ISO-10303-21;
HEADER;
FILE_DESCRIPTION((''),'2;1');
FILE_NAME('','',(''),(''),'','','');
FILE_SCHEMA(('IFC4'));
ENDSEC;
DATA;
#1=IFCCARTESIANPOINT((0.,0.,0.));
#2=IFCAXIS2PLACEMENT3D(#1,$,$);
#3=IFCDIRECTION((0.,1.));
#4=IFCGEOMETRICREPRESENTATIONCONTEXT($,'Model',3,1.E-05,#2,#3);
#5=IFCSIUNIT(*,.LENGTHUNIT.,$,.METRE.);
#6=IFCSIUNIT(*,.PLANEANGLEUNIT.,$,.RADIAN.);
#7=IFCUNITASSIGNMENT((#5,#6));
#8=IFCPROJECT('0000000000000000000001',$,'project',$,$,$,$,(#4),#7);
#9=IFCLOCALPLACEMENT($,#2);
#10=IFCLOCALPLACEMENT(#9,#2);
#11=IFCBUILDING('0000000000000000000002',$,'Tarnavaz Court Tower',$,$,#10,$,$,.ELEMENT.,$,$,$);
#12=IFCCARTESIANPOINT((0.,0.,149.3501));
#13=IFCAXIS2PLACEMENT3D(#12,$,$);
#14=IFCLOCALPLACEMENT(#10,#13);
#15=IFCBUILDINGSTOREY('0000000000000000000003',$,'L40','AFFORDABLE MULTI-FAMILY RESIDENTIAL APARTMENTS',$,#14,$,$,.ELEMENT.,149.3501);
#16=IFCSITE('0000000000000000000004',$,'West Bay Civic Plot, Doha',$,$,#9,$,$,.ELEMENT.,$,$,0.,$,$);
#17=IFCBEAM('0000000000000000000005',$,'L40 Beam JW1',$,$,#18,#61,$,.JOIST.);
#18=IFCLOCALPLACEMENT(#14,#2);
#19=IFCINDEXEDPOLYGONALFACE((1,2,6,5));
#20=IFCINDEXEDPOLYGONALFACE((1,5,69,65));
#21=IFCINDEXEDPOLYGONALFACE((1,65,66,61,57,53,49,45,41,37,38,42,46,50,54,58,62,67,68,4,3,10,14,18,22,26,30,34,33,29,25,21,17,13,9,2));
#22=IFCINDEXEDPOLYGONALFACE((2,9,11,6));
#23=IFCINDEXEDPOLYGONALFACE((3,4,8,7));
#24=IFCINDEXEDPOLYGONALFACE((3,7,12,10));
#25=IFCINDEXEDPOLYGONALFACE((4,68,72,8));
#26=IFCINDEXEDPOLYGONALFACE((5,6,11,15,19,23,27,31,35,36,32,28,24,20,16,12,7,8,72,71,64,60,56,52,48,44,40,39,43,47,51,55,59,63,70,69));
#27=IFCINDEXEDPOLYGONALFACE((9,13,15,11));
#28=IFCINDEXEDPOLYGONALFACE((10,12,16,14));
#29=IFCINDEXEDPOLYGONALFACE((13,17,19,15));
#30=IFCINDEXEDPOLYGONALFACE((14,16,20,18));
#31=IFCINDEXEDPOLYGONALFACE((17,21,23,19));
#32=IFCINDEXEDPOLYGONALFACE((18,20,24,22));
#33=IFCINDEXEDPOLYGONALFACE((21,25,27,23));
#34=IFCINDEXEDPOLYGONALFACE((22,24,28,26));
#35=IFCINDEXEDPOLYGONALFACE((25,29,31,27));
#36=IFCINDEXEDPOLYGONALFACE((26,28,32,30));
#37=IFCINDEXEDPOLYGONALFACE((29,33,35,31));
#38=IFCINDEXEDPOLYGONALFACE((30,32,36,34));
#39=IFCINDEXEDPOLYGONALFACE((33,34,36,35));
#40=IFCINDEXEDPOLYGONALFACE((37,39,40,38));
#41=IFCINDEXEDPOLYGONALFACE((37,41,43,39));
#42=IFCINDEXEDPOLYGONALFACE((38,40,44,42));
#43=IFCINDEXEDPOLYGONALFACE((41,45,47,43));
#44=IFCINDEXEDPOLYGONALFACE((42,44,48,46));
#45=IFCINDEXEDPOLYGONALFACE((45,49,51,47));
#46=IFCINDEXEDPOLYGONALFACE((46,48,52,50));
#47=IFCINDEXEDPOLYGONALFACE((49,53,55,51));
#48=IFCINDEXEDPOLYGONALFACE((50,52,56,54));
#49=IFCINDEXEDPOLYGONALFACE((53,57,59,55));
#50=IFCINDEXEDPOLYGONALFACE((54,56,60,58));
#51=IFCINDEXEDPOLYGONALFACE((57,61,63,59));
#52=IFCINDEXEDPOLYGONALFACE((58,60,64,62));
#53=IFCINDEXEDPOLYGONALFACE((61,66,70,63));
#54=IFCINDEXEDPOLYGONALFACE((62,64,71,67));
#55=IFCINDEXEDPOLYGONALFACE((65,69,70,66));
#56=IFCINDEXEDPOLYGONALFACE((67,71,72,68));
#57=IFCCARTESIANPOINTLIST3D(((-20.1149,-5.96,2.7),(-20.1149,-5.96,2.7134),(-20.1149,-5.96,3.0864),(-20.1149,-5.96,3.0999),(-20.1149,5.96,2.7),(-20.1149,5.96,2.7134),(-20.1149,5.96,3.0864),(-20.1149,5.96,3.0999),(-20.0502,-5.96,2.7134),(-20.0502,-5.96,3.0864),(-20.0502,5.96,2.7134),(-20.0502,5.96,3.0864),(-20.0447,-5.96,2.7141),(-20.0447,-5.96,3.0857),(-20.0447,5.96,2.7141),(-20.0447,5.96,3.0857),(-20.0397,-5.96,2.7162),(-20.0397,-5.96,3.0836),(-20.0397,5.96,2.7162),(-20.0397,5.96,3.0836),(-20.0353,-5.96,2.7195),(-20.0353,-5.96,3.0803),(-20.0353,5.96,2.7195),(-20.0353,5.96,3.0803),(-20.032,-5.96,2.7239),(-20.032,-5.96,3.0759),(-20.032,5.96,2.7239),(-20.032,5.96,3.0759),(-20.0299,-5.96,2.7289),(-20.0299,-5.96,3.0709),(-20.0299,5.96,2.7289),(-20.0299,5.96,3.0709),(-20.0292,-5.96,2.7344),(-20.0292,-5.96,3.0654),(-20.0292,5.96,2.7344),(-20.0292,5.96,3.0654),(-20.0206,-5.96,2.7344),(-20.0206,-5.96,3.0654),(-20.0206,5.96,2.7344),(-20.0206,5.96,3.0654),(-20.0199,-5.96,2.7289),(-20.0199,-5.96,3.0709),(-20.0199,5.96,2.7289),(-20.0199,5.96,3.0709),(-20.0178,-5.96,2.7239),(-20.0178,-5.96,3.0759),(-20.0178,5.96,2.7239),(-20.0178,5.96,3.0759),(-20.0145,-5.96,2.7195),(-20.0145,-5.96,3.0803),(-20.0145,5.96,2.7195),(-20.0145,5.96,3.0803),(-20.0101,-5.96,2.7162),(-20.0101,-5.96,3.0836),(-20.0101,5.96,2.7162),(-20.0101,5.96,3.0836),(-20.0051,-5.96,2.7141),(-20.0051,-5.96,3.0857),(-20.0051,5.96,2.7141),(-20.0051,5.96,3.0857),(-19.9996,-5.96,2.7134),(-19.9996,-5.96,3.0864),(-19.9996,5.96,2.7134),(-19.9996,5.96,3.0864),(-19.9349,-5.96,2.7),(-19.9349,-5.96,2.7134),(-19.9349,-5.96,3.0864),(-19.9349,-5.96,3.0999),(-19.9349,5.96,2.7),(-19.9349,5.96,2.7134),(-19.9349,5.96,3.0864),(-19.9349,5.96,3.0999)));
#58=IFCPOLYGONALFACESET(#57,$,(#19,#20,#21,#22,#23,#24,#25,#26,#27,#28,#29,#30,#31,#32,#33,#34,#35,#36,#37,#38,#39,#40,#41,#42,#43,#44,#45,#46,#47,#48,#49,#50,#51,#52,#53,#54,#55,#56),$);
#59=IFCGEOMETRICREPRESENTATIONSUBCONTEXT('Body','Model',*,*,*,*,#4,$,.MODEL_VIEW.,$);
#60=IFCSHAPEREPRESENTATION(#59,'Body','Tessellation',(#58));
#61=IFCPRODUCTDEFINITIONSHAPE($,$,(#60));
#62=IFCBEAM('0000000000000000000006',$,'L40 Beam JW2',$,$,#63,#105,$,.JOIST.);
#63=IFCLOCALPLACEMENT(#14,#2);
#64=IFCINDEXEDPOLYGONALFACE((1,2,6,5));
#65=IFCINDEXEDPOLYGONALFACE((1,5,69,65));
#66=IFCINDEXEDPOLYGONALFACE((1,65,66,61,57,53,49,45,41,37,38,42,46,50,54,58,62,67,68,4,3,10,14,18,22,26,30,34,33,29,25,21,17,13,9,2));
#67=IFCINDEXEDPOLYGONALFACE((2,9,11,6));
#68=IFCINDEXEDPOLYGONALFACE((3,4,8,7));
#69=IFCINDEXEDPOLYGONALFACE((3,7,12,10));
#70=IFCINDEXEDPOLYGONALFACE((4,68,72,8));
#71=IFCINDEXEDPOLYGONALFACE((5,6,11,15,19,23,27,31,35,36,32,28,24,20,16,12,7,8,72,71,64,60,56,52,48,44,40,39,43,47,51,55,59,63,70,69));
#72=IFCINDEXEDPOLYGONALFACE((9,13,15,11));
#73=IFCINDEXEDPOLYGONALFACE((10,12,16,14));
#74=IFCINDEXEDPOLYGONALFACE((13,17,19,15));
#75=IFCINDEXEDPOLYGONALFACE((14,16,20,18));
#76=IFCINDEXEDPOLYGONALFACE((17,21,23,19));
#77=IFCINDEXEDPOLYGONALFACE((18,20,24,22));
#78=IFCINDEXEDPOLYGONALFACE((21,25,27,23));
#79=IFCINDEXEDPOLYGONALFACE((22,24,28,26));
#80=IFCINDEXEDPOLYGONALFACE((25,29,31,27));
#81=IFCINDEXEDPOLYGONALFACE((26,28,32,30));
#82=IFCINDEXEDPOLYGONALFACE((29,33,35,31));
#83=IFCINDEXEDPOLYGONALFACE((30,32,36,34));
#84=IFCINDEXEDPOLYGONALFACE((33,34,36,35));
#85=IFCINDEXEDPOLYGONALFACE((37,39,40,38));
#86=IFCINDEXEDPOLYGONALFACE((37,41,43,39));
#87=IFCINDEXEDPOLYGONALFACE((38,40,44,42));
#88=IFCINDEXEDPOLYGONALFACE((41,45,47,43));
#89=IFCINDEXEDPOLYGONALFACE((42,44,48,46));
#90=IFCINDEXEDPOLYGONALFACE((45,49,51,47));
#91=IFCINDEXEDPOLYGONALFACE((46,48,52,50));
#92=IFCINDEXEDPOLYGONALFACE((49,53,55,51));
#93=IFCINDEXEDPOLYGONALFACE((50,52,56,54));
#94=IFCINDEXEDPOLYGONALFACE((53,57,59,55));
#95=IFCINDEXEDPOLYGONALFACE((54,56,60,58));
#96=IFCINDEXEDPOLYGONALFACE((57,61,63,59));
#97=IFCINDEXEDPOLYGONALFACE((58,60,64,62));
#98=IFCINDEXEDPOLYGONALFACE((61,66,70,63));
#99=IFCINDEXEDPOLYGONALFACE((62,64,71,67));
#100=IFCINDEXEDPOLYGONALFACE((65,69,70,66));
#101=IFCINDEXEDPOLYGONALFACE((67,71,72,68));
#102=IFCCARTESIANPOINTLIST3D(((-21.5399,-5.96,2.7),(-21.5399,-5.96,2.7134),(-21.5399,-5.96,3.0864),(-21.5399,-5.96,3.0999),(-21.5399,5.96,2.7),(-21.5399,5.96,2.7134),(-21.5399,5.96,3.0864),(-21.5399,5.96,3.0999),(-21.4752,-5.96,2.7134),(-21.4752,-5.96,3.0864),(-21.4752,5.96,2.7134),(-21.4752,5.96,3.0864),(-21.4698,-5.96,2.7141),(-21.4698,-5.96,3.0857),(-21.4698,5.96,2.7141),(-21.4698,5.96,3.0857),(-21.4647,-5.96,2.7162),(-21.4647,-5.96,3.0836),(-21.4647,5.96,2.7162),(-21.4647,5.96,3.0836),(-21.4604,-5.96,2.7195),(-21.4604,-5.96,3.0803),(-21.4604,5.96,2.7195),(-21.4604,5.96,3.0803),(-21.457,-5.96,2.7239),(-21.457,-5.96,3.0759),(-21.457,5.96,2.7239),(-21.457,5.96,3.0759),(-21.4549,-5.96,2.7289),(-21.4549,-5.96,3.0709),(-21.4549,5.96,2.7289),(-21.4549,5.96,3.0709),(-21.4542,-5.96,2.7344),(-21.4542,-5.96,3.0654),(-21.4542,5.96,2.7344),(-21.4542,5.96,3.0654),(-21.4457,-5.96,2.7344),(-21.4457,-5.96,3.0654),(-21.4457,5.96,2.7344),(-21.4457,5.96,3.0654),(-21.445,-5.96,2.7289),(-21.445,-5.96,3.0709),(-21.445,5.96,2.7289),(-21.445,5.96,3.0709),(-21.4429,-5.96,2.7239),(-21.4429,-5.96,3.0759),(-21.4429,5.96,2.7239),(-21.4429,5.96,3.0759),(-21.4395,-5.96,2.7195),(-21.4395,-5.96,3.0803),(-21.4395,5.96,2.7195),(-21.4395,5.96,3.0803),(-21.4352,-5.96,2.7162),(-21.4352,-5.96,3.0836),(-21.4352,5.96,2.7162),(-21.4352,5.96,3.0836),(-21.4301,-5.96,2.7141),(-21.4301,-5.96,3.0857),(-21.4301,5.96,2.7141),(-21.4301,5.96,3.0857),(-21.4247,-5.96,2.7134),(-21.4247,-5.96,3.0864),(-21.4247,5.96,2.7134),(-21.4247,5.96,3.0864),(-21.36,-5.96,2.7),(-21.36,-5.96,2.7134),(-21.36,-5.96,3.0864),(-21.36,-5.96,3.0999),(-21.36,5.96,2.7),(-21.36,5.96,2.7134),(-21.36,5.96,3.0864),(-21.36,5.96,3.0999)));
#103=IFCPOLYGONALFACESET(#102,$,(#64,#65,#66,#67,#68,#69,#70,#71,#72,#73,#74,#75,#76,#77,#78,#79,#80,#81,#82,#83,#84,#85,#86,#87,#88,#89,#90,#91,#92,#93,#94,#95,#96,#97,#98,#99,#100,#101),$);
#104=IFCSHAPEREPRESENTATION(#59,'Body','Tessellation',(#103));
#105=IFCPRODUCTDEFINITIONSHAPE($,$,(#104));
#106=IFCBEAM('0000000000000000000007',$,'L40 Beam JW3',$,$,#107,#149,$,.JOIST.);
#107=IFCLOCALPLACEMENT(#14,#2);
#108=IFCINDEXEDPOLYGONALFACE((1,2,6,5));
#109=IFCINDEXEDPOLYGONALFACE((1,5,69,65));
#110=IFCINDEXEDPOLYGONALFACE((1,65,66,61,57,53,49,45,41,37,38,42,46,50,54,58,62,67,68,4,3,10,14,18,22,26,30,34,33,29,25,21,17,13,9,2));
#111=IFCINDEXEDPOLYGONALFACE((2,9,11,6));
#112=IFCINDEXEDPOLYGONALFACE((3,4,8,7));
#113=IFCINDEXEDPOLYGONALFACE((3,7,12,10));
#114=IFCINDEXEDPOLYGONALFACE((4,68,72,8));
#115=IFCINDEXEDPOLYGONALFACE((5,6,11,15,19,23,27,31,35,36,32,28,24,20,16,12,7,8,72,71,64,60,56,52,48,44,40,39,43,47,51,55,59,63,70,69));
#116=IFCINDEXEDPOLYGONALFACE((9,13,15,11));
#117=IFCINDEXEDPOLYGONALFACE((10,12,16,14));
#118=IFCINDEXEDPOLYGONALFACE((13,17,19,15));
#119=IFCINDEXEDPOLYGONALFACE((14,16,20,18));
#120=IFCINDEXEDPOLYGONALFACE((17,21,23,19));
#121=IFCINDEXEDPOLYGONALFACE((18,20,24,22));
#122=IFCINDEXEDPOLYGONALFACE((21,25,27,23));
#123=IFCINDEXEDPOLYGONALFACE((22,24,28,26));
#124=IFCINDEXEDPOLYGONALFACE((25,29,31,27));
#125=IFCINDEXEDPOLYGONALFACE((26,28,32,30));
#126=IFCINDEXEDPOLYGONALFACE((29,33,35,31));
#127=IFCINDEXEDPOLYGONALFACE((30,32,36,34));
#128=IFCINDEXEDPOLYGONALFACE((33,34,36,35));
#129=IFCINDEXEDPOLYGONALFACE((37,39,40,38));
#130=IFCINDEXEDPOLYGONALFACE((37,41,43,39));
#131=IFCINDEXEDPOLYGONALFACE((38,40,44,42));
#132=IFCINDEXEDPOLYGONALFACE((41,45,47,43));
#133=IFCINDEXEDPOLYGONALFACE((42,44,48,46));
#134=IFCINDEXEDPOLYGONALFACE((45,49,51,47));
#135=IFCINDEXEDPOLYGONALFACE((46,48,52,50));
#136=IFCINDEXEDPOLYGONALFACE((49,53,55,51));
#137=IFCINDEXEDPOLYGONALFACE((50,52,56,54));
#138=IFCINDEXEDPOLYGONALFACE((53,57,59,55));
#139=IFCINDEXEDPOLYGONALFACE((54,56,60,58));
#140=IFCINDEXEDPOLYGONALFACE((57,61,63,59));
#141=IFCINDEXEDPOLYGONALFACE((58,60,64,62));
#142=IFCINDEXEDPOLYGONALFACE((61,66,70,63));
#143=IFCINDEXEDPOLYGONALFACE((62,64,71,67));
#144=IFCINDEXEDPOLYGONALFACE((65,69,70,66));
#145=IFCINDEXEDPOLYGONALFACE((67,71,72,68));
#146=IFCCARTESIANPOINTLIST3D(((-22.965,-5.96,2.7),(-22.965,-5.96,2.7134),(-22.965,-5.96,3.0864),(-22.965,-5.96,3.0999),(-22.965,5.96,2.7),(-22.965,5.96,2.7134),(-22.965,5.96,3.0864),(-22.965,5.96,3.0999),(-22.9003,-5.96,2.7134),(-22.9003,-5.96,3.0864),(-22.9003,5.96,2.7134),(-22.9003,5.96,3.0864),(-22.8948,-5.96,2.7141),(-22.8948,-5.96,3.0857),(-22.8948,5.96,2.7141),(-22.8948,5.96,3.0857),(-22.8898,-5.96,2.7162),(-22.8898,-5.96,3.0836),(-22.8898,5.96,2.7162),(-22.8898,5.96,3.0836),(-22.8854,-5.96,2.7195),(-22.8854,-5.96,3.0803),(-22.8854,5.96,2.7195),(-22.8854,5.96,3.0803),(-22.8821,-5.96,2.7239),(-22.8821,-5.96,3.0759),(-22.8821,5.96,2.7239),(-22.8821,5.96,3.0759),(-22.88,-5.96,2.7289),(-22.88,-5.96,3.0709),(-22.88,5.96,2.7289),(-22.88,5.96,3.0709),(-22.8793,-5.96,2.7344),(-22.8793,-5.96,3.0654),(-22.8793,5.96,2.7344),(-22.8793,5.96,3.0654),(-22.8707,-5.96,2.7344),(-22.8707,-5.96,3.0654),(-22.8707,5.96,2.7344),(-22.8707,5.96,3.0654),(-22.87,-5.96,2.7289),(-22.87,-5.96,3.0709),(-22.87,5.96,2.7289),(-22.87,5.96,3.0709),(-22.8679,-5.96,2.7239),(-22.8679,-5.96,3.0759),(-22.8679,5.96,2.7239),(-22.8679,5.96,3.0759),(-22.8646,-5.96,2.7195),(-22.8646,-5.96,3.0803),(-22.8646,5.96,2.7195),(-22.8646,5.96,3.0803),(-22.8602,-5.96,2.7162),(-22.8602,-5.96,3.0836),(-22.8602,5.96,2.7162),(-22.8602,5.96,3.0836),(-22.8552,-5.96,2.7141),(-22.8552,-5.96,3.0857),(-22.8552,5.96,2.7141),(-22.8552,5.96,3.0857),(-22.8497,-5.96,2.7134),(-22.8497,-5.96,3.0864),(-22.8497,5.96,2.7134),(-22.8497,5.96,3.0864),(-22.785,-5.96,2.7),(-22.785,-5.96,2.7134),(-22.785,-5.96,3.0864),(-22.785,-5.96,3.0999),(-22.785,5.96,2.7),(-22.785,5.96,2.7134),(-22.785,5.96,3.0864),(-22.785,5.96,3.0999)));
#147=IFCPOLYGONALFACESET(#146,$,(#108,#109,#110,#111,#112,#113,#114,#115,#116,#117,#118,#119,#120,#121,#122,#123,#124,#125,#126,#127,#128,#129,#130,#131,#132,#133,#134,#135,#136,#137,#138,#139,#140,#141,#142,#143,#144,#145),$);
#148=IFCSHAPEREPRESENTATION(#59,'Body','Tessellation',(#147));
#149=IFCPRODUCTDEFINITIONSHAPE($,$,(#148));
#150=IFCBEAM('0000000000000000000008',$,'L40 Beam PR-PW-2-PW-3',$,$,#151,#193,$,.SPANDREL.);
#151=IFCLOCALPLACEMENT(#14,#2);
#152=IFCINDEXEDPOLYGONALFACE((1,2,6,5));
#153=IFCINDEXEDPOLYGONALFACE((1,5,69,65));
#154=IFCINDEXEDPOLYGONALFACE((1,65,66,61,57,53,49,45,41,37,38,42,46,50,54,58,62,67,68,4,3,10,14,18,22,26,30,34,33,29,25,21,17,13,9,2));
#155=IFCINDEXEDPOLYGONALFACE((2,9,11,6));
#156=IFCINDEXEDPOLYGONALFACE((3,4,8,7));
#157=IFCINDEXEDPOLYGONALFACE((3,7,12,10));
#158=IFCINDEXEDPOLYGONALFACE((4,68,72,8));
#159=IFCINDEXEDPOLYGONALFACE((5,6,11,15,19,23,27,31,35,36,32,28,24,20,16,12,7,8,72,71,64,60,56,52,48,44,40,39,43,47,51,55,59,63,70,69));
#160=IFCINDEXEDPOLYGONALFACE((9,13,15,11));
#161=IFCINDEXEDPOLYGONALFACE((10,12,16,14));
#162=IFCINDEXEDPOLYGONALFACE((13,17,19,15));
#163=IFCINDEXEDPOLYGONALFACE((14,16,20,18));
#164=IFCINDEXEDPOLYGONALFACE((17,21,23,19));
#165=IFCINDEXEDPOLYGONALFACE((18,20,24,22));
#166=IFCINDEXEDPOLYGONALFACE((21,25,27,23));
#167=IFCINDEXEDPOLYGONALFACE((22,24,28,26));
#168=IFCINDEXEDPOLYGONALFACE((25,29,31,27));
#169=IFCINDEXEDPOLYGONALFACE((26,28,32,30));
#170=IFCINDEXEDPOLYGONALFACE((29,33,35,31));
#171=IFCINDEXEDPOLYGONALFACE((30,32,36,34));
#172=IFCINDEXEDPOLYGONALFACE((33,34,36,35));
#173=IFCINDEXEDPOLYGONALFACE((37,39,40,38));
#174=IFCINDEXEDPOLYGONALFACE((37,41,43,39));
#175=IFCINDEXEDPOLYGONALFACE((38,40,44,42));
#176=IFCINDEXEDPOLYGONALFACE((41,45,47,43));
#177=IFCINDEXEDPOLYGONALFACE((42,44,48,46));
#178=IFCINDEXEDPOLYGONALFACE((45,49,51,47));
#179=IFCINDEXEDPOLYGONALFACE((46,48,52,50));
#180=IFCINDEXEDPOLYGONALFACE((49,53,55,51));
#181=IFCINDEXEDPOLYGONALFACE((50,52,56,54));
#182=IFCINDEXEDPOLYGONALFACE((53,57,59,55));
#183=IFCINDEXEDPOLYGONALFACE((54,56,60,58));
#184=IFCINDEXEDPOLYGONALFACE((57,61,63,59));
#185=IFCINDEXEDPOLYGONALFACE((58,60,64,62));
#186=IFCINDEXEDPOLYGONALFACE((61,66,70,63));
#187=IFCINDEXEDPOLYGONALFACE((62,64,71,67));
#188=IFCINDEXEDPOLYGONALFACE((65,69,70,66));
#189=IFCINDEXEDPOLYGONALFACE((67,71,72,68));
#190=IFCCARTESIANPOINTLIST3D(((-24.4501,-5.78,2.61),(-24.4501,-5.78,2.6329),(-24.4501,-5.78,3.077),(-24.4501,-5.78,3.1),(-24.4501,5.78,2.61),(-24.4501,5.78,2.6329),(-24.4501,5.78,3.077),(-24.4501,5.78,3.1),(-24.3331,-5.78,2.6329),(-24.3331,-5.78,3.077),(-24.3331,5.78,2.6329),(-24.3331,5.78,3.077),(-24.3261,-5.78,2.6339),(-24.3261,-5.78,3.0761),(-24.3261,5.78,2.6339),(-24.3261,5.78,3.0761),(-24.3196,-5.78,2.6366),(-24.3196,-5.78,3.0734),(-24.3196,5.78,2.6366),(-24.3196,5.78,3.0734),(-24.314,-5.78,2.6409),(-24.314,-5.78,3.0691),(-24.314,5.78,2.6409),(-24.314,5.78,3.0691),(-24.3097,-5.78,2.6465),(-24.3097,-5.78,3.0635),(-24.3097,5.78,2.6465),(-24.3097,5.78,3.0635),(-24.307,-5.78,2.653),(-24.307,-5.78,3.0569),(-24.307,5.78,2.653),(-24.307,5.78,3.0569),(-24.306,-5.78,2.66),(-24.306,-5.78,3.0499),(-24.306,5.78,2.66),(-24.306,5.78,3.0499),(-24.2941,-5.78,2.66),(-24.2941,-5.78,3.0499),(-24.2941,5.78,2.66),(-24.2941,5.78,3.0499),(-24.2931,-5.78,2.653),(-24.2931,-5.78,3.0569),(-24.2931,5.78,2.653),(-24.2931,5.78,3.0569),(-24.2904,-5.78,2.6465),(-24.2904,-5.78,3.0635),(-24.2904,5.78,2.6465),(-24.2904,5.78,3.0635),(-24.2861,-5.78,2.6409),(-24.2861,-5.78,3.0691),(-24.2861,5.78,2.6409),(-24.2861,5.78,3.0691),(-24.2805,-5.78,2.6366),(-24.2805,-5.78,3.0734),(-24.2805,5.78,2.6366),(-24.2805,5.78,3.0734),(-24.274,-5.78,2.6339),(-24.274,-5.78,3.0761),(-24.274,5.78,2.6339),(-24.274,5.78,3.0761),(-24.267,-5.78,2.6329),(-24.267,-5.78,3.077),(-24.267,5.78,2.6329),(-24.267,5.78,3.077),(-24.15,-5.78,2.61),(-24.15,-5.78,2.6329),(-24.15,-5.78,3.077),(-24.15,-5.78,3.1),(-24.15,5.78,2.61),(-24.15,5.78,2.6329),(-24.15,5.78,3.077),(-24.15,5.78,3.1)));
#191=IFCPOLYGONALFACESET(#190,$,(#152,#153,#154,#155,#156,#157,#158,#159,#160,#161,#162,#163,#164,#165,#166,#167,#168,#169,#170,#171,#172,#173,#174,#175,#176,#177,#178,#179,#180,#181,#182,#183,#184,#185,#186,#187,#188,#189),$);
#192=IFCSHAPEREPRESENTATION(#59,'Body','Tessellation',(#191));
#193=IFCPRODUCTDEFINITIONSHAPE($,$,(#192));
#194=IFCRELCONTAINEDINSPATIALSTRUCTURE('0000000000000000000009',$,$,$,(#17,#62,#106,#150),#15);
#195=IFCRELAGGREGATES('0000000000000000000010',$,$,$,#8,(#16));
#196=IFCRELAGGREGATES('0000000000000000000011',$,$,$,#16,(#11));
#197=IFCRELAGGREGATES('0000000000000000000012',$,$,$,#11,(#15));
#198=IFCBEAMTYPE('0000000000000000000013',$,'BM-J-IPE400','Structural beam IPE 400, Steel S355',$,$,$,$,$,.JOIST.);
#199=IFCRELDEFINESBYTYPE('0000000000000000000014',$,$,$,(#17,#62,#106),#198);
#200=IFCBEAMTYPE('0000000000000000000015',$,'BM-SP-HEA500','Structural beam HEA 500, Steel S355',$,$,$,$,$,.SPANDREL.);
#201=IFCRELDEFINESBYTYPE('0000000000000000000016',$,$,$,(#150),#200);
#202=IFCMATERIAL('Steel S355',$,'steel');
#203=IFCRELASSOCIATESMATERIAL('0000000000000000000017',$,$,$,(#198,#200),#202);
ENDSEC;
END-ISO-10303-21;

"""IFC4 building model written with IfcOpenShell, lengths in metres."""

from ifc_helpers import new_model, si_unit, direction, frame, origin, origin_2d, place, context, subcontext, project, spatial, i_section, extrude, material, material_profile, profile_set, type_object, element, save


model = new_model("IFC4")

# Units and contexts
model_context = context("Model", 3, precision=1e-05, world=origin(), true_north=direction((0.0, 1.0)))
body_context = subcontext(model_context, "Body", "Model", "MODEL_VIEW")
ifc_project = project(units=[si_unit("LENGTHUNIT", "METRE"), si_unit("PLANEANGLEUNIT", "RADIAN")], contexts=[model_context])

# Site, building, storey
site_placement = place(None, origin())
site = spatial("IfcSite", under=ifc_project, at=site_placement, Name="West Bay Civic Plot, Doha", CompositionType="ELEMENT", RefElevation=0.0)
building_placement = place(site_placement, origin())
building = spatial("IfcBuilding", under=site, at=building_placement, Name="Tarnavaz Court Tower", CompositionType="ELEMENT")
storey_placement = place(building_placement, frame((0.0, 0.0, 149.3501)))
storey = spatial("IfcBuildingStorey", under=building, at=storey_placement, Name="L40", Description="AFFORDABLE MULTI-FAMILY RESIDENTIAL APARTMENTS", CompositionType="ELEMENT", Elevation=149.3501)

# Beams
ifc_material_1 = material(Name="Steel S355", Category="steel")
ifc_material_profile_1 = material_profile(ifc_material_1, i_section(OverallWidth=0.1799, OverallDepth=0.3999, WebThickness=0.0085, FlangeThickness=0.0134, FilletRadius=0.021, at=origin_2d()), Name="IPE 400")
ifc_profile_set_1 = profile_set([ifc_material_profile_1], Name="Steel S355")
beam_type_1 = type_object("IfcBeamType", Name="BM-J-IPE400", Description="Structural beam IPE 400, Steel S355", PredefinedType="JOIST", material=ifc_profile_set_1)
for number, where, z_axis, x_axis, name in (
    (1, (-20.0249, -5.96, 2.8999), (0.0, 1.0, 0.0), (-1.0, 0.0, 0.0), "L40 Beam JW1"),
    (2, (-21.45, -5.96, 2.8999), (0.0, 1.0, 0.0), (-1.0, 0.0, 0.0), "L40 Beam JW2"),
    (3, (-22.875, -5.96, 2.8999), (0.0, 1.0, 0.0), (-1.0, 0.0, 0.0), "L40 Beam JW3"),
):
    element("IfcBeam", number, at=place(storey_placement, frame(where, z_axis=z_axis, x_axis=x_axis)), inside=storey, type_object=beam_type_1, Name=name, PredefinedType="JOIST", context=body_context, shape_type="SweptSolid", body=[
        extrude(i_section(OverallWidth=0.1799, OverallDepth=0.3999, WebThickness=0.0085, FlangeThickness=0.0134, FilletRadius=0.021, at=origin_2d()), origin(), (0.0, 0.0, 1.0), 11.9199),
    ])
ifc_material_profile_2 = material_profile(ifc_material_1, i_section(OverallWidth=0.3, OverallDepth=0.49, WebThickness=0.012, FlangeThickness=0.0229, FilletRadius=0.0271, at=origin_2d()), Name="HEA 500")
ifc_profile_set_2 = profile_set([ifc_material_profile_2], Name="Steel S355")
beam_type_2 = type_object("IfcBeamType", Name="BM-SP-HEA500", Description="Structural beam HEA 500, Steel S355", PredefinedType="SPANDREL", material=ifc_profile_set_2)
beam_1_placement = place(storey_placement, frame((-24.3, -5.78, 2.855), z_axis=(0.0, 1.0, 0.0), x_axis=(-1.0, 0.0, 0.0)))
element("IfcBeam", 4, at=beam_1_placement, inside=storey, type_object=beam_type_2, Name="L40 Beam PR-PW-2-PW-3", PredefinedType="SPANDREL", context=body_context, shape_type="SweptSolid", body=[
    extrude(i_section(OverallWidth=0.3, OverallDepth=0.49, WebThickness=0.012, FlangeThickness=0.0229, FilletRadius=0.0271, at=origin_2d()), origin(), (0.0, 0.0, 1.0), 11.5601),
])

save(model, "model.ifc")
